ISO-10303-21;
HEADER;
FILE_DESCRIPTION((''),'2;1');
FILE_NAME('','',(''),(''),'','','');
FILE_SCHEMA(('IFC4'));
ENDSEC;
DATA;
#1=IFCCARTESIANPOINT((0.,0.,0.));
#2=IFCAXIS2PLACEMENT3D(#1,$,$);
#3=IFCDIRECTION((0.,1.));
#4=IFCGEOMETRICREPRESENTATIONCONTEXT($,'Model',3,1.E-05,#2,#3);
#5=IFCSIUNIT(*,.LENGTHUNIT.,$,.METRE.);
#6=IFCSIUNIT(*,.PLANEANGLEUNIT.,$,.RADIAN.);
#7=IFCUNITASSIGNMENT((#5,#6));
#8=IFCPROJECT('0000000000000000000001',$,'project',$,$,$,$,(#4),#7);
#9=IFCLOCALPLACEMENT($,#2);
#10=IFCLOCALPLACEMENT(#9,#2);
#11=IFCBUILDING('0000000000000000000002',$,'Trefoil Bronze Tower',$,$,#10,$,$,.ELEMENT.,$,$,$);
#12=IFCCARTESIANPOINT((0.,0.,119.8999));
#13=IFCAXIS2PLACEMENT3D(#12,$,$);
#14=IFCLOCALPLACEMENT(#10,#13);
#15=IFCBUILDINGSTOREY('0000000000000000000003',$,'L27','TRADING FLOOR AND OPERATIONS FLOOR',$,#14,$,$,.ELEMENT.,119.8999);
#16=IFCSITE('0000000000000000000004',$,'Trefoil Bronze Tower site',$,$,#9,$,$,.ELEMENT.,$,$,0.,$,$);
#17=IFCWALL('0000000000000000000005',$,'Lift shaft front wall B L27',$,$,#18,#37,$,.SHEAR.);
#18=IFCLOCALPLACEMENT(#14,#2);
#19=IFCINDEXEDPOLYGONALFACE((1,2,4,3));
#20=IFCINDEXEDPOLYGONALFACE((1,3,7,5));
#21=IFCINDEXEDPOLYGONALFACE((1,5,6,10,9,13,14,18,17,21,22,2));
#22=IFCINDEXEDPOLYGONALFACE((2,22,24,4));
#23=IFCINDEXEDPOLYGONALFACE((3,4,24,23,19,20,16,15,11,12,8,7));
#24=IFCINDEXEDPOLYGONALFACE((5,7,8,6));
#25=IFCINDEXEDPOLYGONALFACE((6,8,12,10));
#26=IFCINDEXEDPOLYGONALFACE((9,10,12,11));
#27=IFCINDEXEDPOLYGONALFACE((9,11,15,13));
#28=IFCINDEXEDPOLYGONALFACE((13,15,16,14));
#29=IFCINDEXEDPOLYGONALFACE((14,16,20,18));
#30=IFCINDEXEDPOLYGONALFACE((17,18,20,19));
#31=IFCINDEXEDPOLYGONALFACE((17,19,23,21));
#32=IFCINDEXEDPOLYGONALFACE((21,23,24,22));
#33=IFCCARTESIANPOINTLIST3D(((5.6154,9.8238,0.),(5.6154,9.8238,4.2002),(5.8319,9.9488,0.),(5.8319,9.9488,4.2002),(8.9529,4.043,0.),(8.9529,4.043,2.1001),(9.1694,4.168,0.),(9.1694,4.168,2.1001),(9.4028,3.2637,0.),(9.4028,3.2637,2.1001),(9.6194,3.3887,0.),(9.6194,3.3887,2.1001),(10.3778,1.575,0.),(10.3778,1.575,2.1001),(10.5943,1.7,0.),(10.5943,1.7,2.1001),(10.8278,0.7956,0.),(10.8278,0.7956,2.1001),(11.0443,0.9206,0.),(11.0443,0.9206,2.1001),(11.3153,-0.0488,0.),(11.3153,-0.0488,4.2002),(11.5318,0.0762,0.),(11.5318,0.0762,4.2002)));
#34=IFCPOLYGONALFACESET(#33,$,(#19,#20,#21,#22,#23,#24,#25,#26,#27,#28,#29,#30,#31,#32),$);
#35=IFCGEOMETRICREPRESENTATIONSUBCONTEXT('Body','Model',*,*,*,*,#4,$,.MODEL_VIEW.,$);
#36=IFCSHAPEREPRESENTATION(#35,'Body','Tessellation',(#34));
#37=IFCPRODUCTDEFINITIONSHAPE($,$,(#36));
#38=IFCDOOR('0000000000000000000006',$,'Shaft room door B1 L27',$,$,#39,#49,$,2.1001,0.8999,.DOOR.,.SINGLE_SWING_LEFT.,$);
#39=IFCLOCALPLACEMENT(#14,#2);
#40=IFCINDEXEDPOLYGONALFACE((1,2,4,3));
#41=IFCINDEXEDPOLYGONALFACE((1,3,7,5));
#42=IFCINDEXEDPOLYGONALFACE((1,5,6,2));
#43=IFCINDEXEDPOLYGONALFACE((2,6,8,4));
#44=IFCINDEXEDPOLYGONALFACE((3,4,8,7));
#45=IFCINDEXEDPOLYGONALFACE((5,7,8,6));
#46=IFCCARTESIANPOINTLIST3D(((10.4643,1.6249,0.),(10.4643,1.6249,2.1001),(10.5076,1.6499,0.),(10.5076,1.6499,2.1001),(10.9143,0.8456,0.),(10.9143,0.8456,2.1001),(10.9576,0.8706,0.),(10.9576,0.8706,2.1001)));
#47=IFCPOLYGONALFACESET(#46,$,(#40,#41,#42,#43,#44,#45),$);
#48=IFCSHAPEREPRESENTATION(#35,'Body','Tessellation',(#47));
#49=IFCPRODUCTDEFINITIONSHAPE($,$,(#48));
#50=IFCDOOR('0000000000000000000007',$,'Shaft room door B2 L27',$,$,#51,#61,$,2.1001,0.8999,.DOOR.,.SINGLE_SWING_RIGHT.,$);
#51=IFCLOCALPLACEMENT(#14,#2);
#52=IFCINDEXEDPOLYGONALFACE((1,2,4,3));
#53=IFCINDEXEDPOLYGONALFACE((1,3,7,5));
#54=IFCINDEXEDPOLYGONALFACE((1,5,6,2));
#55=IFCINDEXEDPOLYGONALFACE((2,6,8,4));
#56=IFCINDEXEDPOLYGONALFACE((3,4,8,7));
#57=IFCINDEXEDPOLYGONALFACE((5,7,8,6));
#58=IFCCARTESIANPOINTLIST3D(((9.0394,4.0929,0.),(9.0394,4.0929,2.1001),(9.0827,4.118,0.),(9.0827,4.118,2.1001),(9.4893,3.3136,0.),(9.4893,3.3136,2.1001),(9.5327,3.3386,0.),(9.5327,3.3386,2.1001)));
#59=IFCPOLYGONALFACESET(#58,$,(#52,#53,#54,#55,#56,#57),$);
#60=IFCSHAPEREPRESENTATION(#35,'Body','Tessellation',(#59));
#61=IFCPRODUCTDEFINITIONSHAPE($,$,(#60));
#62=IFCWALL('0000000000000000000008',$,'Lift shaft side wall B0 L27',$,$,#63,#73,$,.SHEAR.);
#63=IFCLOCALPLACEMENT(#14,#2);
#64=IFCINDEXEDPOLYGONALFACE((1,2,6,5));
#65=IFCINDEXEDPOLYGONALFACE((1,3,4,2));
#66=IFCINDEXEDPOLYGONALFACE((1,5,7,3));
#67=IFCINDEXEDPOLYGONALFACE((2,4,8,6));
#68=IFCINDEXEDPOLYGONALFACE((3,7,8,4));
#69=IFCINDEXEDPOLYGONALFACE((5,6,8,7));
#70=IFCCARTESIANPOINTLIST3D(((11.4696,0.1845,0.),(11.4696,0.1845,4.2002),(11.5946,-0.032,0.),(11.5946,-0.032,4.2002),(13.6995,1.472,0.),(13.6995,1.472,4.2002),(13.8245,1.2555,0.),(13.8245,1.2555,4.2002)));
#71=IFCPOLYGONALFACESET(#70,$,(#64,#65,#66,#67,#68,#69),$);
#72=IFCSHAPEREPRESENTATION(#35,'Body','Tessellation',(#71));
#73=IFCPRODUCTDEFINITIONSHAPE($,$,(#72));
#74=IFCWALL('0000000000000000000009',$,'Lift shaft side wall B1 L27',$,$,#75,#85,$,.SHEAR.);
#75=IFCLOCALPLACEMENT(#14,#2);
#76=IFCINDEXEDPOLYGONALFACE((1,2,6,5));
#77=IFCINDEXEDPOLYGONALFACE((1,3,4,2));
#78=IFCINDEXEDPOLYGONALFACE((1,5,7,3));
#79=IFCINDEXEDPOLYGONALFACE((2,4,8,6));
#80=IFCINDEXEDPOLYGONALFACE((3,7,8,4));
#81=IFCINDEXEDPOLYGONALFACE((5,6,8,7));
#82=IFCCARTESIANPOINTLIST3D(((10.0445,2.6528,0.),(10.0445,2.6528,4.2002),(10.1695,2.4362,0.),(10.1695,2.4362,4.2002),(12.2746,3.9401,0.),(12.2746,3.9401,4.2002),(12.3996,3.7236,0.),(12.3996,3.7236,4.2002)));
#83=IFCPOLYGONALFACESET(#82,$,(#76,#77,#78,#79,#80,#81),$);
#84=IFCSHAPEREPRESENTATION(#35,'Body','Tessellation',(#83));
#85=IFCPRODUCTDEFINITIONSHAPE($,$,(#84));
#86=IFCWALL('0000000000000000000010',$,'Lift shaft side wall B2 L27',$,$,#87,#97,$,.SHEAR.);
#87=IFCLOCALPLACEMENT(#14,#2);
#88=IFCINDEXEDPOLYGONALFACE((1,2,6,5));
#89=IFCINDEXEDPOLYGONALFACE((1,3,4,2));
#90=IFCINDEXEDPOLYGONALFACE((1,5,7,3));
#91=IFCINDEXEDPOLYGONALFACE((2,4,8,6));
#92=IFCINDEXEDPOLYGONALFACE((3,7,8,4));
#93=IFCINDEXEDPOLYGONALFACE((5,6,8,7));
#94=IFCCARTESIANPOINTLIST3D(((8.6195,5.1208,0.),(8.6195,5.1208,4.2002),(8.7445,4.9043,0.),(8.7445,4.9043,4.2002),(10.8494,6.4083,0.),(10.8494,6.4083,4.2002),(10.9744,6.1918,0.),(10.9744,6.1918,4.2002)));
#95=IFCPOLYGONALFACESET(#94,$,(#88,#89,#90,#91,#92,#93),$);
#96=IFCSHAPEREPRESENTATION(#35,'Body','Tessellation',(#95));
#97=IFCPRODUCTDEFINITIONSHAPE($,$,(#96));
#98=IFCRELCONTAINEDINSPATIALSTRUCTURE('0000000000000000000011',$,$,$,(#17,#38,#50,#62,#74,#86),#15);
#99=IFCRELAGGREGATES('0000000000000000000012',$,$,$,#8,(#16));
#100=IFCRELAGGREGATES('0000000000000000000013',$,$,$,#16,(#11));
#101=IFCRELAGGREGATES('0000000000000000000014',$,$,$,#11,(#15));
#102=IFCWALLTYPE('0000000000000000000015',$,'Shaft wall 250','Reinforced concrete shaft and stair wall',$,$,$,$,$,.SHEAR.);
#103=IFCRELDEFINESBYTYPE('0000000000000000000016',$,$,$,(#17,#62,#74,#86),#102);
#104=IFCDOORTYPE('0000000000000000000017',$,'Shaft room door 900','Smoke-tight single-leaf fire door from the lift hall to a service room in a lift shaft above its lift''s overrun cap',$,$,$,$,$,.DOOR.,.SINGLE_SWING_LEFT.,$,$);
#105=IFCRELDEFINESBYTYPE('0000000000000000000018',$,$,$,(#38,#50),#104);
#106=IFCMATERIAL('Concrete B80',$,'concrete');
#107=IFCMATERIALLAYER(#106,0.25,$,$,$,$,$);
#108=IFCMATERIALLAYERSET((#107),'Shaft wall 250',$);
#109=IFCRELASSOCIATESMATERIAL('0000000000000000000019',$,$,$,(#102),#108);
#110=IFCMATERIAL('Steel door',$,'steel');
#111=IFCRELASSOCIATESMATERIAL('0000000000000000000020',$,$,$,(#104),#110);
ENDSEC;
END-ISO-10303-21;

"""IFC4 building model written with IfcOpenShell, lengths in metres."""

from ifc_helpers import new_model, si_unit, direction, frame, frame_2d, origin, place, context, subcontext, project, spatial, rectangle, extrude, material, layer, layer_set, type_object, element, fill, save


model = new_model("IFC4")

# Units and contexts
model_context = context("Model", 3, precision=1e-05, world=origin(), true_north=direction((0.0, 1.0)))
body_context = subcontext(model_context, "Body", "Model", "MODEL_VIEW")
ifc_project = project(units=[si_unit("LENGTHUNIT", "METRE"), si_unit("PLANEANGLEUNIT", "RADIAN")], contexts=[model_context])

# Site, building, storey
site_placement = place(None, origin())
site = spatial("IfcSite", under=ifc_project, at=site_placement, Name="Trefoil Bronze Tower site", CompositionType="ELEMENT", RefElevation=0.0)
building_placement = place(site_placement, origin())
building = spatial("IfcBuilding", under=site, at=building_placement, Name="Trefoil Bronze Tower", CompositionType="ELEMENT")
storey_placement = place(building_placement, frame((0.0, 0.0, 119.8999)))
storey = spatial("IfcBuildingStorey", under=building, at=storey_placement, Name="L27", Description="TRADING FLOOR AND OPERATIONS FLOOR", CompositionType="ELEMENT", Elevation=119.8999)

# Wall, openings, doors
ifc_material_1 = material(Name="Concrete B80", Category="concrete")
ifc_layer_1 = layer(ifc_material_1, 0.25)
ifc_layer_set_1 = layer_set([ifc_layer_1], Name="Shaft wall 250")
wall_type_1 = type_object("IfcWallType", Name="Shaft wall 250", Description="Reinforced concrete shaft and stair wall", PredefinedType="SHEAR", material=ifc_layer_set_1)
wall_1_placement = place(storey_placement, frame((11.4236, 0.0137, 0.0), z_axis=(0.0, 0.0, 1.0), x_axis=(-0.500002, 0.866024, 0.0)))
wall_1 = element("IfcWall", 1, at=wall_1_placement, inside=storey, type_object=wall_type_1, Name="Lift shaft front wall B L27", PredefinedType="SHEAR", context=body_context, shape_type="SweptSolid", body=[
    extrude(rectangle(XDim=11.3999, YDim=0.25, at=frame_2d((5.7, 0.0))), origin(), (0.0, 0.0, 1.0), 4.2002),
])
opening_1_placement = place(wall_1_placement, frame((0.9751, 0.0, 0.0)))
opening_1 = element("IfcOpeningElement", 2, at=opening_1_placement, cuts=wall_1, PredefinedType="OPENING", context=body_context, shape_type="SweptSolid", body=[
    extrude(rectangle(XDim=0.8999, YDim=2.1001, at=frame_2d((0.45, 1.05))), frame((0.0, 0.135, 0.0), z_axis=(0.0, -1.0, 0.0), x_axis=(1.0, 0.0, 0.0)), (0.0, 0.0, 1.0), 0.27),
])
opening_2_placement = place(wall_1_placement, frame((3.825, 0.0, 0.0)))
opening_2 = element("IfcOpeningElement", 3, at=opening_2_placement, cuts=wall_1, PredefinedType="OPENING", context=body_context, shape_type="SweptSolid", body=[
    extrude(rectangle(XDim=0.8999, YDim=2.1001, at=frame_2d((0.45, 1.05))), frame((0.0, 0.135, 0.0), z_axis=(0.0, -1.0, 0.0), x_axis=(1.0, 0.0, 0.0)), (0.0, 0.0, 1.0), 0.27),
])
ifc_material_2 = material(Name="Steel door", Category="steel")
door_type_1 = type_object("IfcDoorType", Name="Shaft room door 900", Description="Smoke-tight single-leaf fire door from the lift hall to a service room in a lift shaft above its lift's overrun cap", OperationType="SINGLE_SWING_LEFT", PredefinedType="DOOR", material=ifc_material_2)
door_1_placement = place(opening_1_placement, frame((0.8999, 0.0, 0.0), z_axis=(0.0, 0.0, 1.0), x_axis=(-1.0, 0.0, 0.0)))
door_1 = element("IfcDoor", 4, at=door_1_placement, inside=storey, type_object=door_type_1, Name="Shaft room door B1 L27", OperationType="SINGLE_SWING_LEFT", OverallHeight=2.1001, OverallWidth=0.8999, PredefinedType="DOOR", context=body_context, shape_type="SweptSolid", body=[
    extrude(rectangle(XDim=0.8999, YDim=2.1001, at=frame_2d((0.45, 1.05))), frame((0.0, 0.0249, 0.0), z_axis=(0.0, -1.0, 0.0), x_axis=(1.0, 0.0, 0.0)), (0.0, 0.0, 1.0), 0.05),
])
fill(opening_1, door_1)
door_2_placement = place(opening_2_placement, frame((0.8999, 0.0, 0.0), z_axis=(0.0, 0.0, 1.0), x_axis=(-1.0, 0.0, 0.0)))
door_2 = element("IfcDoor", 5, at=door_2_placement, inside=storey, type_object=door_type_1, Name="Shaft room door B2 L27", OperationType="SINGLE_SWING_RIGHT", OverallHeight=2.1001, OverallWidth=0.8999, PredefinedType="DOOR", context=body_context, shape_type="SweptSolid", body=[
    extrude(rectangle(XDim=0.8999, YDim=2.1001, at=frame_2d((0.45, 1.05))), frame((0.0, 0.0249, 0.0), z_axis=(0.0, -1.0, 0.0), x_axis=(1.0, 0.0, 0.0)), (0.0, 0.0, 1.0), 0.05),
])
fill(opening_2, door_2)

# Walls
for number, where, z_axis, x_axis, name in (
    (6, (11.532, 0.0762, 0.0), (0.0, 0.0, 1.0), (0.866006, 0.500034, 0.0), "Lift shaft side wall B0 L27"),
    (7, (10.1069, 2.5444, 0.0), (0.0, 0.0, 1.0), (0.866047, 0.499963, 0.0), "Lift shaft side wall B1 L27"),
    (8, (8.6819, 5.0125, 0.0), (0.0, 0.0, 1.0), (0.866006, 0.500034, 0.0), "Lift shaft side wall B2 L27"),
):
    element("IfcWall", number, at=place(storey_placement, frame(where, z_axis=z_axis, x_axis=x_axis)), inside=storey, type_object=wall_type_1, Name=name, PredefinedType="SHEAR", context=body_context, shape_type="SweptSolid", body=[
        extrude(rectangle(XDim=2.575, YDim=0.25, at=frame_2d((1.2876, 0.0))), origin(), (0.0, 0.0, 1.0), 4.2002),
    ])

save(model, "model.ifc")
